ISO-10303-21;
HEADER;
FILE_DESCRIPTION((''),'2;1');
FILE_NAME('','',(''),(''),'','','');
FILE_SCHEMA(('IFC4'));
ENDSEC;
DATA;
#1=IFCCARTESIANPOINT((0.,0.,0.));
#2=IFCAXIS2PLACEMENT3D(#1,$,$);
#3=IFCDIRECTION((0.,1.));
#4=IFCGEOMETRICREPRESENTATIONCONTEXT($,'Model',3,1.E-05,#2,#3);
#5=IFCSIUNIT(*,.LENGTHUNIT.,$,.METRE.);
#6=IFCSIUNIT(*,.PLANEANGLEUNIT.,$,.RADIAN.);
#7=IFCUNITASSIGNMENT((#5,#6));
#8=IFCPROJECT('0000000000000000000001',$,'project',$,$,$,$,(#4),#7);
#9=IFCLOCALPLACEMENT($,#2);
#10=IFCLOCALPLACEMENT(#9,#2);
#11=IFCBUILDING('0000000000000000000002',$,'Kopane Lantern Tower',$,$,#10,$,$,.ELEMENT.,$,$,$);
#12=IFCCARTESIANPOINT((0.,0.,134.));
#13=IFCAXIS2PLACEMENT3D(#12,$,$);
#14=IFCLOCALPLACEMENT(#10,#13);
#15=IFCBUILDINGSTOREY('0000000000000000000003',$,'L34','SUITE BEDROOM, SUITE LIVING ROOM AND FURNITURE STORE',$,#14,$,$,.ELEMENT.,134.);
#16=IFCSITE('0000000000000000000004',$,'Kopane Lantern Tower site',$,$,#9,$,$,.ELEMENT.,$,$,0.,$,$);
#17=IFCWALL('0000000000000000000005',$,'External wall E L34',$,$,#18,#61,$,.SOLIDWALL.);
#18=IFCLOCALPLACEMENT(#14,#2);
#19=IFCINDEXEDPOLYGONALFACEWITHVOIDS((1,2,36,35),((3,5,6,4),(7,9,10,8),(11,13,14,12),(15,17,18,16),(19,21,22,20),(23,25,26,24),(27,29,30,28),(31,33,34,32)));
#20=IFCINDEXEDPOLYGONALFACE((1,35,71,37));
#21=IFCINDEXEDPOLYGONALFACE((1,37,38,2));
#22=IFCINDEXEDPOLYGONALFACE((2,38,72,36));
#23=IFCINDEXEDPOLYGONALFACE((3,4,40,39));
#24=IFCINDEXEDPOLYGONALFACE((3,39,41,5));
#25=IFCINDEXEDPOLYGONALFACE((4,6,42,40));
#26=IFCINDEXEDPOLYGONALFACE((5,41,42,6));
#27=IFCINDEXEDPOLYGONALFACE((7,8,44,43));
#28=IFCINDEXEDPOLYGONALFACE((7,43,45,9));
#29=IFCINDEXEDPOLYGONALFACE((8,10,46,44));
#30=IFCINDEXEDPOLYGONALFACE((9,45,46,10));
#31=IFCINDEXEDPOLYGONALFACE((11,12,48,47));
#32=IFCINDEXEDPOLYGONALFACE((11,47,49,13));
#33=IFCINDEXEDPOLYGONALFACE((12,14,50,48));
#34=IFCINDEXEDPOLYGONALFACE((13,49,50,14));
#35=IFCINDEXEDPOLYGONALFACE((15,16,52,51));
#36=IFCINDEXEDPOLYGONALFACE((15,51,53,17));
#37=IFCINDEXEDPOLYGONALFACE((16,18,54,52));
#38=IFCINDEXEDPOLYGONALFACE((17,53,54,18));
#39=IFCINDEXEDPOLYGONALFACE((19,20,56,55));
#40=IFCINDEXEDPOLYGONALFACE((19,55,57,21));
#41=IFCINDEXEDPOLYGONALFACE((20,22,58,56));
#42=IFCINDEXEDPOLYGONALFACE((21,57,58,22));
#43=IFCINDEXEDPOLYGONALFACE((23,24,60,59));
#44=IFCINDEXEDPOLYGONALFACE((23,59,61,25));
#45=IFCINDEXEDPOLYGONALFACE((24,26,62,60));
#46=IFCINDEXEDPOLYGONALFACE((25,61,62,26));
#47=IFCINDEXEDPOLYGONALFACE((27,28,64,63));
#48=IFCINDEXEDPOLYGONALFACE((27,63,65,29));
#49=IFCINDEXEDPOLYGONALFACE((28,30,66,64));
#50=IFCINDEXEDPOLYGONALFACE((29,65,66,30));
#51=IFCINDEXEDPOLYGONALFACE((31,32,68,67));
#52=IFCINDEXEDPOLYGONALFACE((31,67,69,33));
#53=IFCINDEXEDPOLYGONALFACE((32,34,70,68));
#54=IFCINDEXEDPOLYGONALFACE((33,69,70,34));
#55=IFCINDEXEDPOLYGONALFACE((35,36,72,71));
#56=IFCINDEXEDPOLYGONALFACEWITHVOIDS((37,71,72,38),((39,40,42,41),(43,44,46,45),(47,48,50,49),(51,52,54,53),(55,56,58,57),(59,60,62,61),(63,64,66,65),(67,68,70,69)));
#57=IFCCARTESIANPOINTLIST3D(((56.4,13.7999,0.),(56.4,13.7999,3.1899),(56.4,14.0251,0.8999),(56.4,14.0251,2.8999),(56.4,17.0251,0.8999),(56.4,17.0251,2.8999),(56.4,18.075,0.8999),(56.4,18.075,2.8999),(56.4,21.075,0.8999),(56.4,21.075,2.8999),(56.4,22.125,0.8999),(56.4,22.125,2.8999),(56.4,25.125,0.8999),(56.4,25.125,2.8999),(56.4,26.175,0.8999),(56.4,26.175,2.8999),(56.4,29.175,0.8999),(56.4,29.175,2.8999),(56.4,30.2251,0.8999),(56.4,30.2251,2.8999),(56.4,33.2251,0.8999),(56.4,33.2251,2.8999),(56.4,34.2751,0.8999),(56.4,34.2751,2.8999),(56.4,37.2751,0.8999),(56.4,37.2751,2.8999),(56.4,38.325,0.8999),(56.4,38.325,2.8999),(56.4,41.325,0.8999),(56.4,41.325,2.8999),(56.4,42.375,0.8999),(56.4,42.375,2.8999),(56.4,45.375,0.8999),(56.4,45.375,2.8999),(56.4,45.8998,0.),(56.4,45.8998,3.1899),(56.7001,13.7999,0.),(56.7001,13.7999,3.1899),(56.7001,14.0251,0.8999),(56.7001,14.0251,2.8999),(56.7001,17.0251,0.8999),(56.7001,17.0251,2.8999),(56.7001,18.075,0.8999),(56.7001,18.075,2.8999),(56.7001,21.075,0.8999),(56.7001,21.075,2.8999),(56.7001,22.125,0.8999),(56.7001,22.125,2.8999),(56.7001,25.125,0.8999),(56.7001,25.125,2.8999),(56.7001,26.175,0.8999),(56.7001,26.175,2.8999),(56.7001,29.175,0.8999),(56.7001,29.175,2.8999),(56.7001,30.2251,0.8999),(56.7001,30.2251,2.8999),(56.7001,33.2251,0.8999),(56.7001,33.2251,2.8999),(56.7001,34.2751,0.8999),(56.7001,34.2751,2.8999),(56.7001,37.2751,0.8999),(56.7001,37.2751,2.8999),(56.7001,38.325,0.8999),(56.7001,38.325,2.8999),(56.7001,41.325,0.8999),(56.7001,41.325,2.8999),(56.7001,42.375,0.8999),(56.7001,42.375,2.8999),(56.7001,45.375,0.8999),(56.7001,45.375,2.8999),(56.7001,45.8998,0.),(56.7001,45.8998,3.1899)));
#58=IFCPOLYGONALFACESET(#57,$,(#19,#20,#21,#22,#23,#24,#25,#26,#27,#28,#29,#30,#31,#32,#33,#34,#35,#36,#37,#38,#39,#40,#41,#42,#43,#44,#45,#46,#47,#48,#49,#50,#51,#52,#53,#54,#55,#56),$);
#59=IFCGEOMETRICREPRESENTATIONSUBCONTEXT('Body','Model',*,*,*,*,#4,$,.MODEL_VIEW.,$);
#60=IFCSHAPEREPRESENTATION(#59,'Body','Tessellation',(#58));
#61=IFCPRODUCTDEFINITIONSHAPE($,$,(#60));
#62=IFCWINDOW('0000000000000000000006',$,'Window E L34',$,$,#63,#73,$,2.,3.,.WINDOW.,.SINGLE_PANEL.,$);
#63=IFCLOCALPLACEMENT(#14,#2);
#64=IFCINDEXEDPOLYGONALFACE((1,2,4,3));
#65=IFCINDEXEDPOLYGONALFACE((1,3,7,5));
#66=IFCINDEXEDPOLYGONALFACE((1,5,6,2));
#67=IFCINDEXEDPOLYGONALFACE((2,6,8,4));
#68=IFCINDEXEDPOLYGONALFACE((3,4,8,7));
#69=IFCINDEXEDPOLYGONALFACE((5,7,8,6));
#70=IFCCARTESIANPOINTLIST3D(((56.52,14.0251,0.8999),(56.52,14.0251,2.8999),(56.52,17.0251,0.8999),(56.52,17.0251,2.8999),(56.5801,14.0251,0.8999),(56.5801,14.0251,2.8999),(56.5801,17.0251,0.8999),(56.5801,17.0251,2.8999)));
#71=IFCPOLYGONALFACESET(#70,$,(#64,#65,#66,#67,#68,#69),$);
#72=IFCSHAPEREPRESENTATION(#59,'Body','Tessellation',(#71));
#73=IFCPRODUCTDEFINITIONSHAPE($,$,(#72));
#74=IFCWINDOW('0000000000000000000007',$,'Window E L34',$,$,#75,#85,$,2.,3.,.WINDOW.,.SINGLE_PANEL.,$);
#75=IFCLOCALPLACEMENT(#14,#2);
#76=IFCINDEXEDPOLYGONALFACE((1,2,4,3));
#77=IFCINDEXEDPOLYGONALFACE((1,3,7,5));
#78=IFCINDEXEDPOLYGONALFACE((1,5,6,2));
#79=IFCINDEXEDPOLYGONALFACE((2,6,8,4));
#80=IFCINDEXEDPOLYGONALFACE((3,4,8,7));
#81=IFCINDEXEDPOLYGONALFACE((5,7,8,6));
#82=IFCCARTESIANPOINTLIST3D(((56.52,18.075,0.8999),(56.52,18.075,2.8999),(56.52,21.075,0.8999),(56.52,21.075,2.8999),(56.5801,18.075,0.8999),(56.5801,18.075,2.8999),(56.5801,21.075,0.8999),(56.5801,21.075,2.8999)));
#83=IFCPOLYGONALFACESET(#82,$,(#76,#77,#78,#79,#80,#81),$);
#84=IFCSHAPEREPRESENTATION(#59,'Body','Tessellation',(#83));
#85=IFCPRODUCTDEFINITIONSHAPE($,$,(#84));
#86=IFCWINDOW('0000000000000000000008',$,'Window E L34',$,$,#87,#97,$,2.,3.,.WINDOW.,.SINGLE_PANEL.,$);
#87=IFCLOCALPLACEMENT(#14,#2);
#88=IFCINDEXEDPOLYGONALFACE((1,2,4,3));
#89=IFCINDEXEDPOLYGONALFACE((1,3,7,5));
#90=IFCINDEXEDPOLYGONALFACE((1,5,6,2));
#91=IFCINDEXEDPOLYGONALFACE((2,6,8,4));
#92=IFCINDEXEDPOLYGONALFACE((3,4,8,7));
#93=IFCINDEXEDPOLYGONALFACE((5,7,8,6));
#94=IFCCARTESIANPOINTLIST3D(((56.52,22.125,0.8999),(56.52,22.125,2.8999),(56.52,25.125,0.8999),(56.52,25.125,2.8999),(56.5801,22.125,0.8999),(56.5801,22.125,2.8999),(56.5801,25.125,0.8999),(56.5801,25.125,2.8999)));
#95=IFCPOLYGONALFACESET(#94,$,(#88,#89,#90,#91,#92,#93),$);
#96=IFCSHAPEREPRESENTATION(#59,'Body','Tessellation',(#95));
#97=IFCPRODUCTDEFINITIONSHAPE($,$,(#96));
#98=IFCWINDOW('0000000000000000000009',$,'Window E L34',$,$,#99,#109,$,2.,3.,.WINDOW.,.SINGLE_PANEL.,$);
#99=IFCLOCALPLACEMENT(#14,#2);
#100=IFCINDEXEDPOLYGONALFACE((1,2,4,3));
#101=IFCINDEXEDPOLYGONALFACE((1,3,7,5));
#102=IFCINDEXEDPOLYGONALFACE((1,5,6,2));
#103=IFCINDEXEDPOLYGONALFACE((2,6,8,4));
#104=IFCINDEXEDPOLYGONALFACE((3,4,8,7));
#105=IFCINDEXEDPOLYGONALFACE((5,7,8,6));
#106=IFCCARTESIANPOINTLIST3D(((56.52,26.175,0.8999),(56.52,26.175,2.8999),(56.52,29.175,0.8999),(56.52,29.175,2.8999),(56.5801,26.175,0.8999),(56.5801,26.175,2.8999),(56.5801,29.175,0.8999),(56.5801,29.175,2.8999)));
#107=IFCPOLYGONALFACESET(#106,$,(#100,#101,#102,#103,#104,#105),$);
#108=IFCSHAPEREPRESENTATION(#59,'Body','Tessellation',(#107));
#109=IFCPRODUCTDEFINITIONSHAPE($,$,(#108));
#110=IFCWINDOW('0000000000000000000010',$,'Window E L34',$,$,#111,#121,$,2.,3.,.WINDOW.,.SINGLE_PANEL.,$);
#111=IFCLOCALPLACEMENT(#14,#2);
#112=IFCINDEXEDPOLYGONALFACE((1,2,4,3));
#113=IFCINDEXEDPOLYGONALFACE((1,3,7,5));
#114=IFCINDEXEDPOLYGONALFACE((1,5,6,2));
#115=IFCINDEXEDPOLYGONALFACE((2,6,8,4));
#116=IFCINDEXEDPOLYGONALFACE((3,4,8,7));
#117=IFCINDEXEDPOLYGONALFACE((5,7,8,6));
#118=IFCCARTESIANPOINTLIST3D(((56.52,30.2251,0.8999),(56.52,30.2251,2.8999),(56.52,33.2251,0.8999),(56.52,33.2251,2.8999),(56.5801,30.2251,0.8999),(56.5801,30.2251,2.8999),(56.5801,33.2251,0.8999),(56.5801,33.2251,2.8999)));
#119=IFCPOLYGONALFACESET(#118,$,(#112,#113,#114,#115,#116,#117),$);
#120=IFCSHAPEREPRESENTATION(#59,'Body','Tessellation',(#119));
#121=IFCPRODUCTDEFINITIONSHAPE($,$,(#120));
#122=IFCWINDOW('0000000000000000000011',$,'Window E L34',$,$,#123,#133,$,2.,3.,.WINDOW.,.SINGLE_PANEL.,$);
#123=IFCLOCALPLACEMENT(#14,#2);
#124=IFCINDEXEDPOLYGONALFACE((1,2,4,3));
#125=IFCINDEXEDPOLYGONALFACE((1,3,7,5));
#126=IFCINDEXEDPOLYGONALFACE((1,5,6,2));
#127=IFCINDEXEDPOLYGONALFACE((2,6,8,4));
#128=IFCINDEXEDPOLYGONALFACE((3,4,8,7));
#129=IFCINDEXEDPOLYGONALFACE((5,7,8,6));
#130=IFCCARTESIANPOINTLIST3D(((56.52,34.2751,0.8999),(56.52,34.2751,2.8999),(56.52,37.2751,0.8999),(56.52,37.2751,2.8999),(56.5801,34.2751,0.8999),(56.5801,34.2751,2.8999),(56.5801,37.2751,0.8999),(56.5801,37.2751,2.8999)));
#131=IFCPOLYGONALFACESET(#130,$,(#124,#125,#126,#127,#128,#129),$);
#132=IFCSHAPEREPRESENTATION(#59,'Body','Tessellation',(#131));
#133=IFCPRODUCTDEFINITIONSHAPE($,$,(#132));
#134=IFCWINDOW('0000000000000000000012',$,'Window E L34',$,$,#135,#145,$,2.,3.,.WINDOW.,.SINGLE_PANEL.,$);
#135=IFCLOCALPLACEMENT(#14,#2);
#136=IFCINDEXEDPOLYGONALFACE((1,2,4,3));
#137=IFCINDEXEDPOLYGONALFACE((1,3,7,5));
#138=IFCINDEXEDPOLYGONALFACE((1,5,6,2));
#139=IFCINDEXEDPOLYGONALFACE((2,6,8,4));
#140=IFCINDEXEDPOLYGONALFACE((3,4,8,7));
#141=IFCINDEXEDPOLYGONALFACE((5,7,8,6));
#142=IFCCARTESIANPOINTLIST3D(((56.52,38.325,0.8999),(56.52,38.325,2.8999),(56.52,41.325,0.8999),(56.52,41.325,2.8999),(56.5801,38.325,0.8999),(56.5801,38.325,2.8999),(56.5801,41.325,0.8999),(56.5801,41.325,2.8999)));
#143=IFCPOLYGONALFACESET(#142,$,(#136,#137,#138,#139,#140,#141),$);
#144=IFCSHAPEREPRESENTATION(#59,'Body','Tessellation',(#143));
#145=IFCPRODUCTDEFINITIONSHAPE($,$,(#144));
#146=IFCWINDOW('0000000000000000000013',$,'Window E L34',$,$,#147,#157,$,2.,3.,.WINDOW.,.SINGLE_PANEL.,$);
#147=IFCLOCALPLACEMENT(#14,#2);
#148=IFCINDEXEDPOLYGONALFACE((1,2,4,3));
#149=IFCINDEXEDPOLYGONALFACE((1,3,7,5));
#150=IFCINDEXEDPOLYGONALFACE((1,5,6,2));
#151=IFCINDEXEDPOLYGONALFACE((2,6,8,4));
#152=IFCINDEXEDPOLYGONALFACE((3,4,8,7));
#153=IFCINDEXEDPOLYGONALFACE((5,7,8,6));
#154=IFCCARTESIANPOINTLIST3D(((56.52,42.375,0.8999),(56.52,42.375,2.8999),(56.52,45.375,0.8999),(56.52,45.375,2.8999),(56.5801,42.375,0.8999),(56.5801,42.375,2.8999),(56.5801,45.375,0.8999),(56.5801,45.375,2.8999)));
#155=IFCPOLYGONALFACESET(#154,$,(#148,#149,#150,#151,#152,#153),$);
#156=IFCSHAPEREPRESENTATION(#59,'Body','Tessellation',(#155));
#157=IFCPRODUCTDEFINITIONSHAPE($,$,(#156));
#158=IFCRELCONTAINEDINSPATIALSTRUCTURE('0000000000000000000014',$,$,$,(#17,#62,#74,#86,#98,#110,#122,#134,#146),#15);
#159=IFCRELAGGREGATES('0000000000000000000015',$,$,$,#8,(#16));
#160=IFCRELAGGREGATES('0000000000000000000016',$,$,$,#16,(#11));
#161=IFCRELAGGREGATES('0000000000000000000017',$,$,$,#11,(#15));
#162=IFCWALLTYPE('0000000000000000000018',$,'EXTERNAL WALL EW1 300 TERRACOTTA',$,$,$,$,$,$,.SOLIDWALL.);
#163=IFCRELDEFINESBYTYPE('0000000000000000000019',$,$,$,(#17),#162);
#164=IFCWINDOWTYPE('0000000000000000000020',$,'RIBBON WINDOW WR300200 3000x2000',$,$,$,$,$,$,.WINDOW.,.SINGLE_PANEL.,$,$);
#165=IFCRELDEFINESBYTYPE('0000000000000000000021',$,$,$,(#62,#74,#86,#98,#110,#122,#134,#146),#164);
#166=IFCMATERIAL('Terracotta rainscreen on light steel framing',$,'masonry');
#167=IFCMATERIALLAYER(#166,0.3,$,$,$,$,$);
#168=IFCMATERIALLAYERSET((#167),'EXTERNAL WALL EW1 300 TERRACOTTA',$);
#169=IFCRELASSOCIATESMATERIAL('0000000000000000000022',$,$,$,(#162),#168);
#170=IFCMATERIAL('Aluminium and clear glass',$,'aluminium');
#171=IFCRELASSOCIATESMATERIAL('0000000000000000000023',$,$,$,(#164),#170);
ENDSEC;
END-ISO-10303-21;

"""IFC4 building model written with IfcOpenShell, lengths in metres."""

from ifc_helpers import new_model, si_unit, direction, frame, frame_2d, origin, place, context, subcontext, project, spatial, rectangle, extrude, material, layer, layer_set, type_object, element, fill, save


model = new_model("IFC4")

# Units and contexts
model_context = context("Model", 3, precision=1e-05, world=origin(), true_north=direction((0.0, 1.0)))
body_context = subcontext(model_context, "Body", "Model", "MODEL_VIEW")
ifc_project = project(units=[si_unit("LENGTHUNIT", "METRE"), si_unit("PLANEANGLEUNIT", "RADIAN")], contexts=[model_context])

# Site, building, storey
site_placement = place(None, origin())
site = spatial("IfcSite", under=ifc_project, at=site_placement, Name="Kopane Lantern Tower site", CompositionType="ELEMENT", RefElevation=0.0)
building_placement = place(site_placement, origin())
building = spatial("IfcBuilding", under=site, at=building_placement, Name="Kopane Lantern Tower", CompositionType="ELEMENT")
storey_placement = place(building_placement, frame((0.0, 0.0, 134.0)))
storey = spatial("IfcBuildingStorey", under=building, at=storey_placement, Name="L34", Description="SUITE BEDROOM, SUITE LIVING ROOM AND FURNITURE STORE", CompositionType="ELEMENT", Elevation=134.0)

# Shared definitions
ifc_material_1 = material(Name="Terracotta rainscreen on light steel framing", Category="masonry")
ifc_layer = layer(ifc_material_1, 0.3)
ifc_layer_set = layer_set([ifc_layer], Name="EXTERNAL WALL EW1 300 TERRACOTTA")
wall_type = type_object("IfcWallType", Name="EXTERNAL WALL EW1 300 TERRACOTTA", PredefinedType="SOLIDWALL", material=ifc_layer_set)

# Wall, openings, windows
wall_1_placement = place(storey_placement, frame((56.55, 13.8, 0.0), z_axis=(0.0, 0.0, 1.0), x_axis=(0.0, 1.0, 0.0)))
wall_1 = element("IfcWall", 1, at=wall_1_placement, inside=storey, type_object=wall_type, Name="External wall E L34", PredefinedType="SOLIDWALL", context=body_context, shape_type="SweptSolid", body=[
    extrude(rectangle(XDim=32.0999, YDim=0.3, at=frame_2d((16.0498, 0.0))), origin(), (0.0, 0.0, 1.0), 3.1899),
])
opening_1_placement = place(wall_1_placement, frame((0.2251, 0.0, 0.8999)))
opening_1 = element("IfcOpeningElement", 2, at=opening_1_placement, cuts=wall_1, PredefinedType="OPENING", context=body_context, shape_type="SweptSolid", body=[
    extrude(rectangle(XDim=3.0, YDim=2.0, at=frame_2d((1.5, 1.0))), frame((0.0, 0.1599, 0.0), z_axis=(0.0, -1.0, 0.0), x_axis=(1.0, 0.0, 0.0)), (0.0, 0.0, 1.0), 0.3201),
])
opening_2_placement = place(wall_1_placement, frame((4.2749, 0.0, 0.8999)))
opening_2 = element("IfcOpeningElement", 3, at=opening_2_placement, cuts=wall_1, PredefinedType="OPENING", context=body_context, shape_type="SweptSolid", body=[
    extrude(rectangle(XDim=3.0, YDim=2.0, at=frame_2d((1.5, 1.0))), frame((0.0, 0.1599, 0.0), z_axis=(0.0, -1.0, 0.0), x_axis=(1.0, 0.0, 0.0)), (0.0, 0.0, 1.0), 0.3201),
])
opening_3_placement = place(wall_1_placement, frame((8.325, 0.0, 0.8999)))
opening_3 = element("IfcOpeningElement", 4, at=opening_3_placement, cuts=wall_1, PredefinedType="OPENING", context=body_context, shape_type="SweptSolid", body=[
    extrude(rectangle(XDim=3.0, YDim=2.0, at=frame_2d((1.5, 1.0))), frame((0.0, 0.1599, 0.0), z_axis=(0.0, -1.0, 0.0), x_axis=(1.0, 0.0, 0.0)), (0.0, 0.0, 1.0), 0.3201),
])
opening_4_placement = place(wall_1_placement, frame((12.375, 0.0, 0.8999)))
opening_4 = element("IfcOpeningElement", 5, at=opening_4_placement, cuts=wall_1, PredefinedType="OPENING", context=body_context, shape_type="SweptSolid", body=[
    extrude(rectangle(XDim=3.0, YDim=2.0, at=frame_2d((1.5, 1.0))), frame((0.0, 0.1599, 0.0), z_axis=(0.0, -1.0, 0.0), x_axis=(1.0, 0.0, 0.0)), (0.0, 0.0, 1.0), 0.3201),
])
opening_5_placement = place(wall_1_placement, frame((16.425, 0.0, 0.8999)))
opening_5 = element("IfcOpeningElement", 6, at=opening_5_placement, cuts=wall_1, PredefinedType="OPENING", context=body_context, shape_type="SweptSolid", body=[
    extrude(rectangle(XDim=3.0, YDim=2.0, at=frame_2d((1.5, 1.0))), frame((0.0, 0.1599, 0.0), z_axis=(0.0, -1.0, 0.0), x_axis=(1.0, 0.0, 0.0)), (0.0, 0.0, 1.0), 0.3201),
])
opening_6_placement = place(wall_1_placement, frame((20.4751, 0.0, 0.8999)))
opening_6 = element("IfcOpeningElement", 7, at=opening_6_placement, cuts=wall_1, PredefinedType="OPENING", context=body_context, shape_type="SweptSolid", body=[
    extrude(rectangle(XDim=3.0, YDim=2.0, at=frame_2d((1.5, 1.0))), frame((0.0, 0.1599, 0.0), z_axis=(0.0, -1.0, 0.0), x_axis=(1.0, 0.0, 0.0)), (0.0, 0.0, 1.0), 0.3201),
])
opening_7_placement = place(wall_1_placement, frame((24.5249, 0.0, 0.8999)))
opening_7 = element("IfcOpeningElement", 8, at=opening_7_placement, cuts=wall_1, PredefinedType="OPENING", context=body_context, shape_type="SweptSolid", body=[
    extrude(rectangle(XDim=3.0, YDim=2.0, at=frame_2d((1.5, 1.0))), frame((0.0, 0.1599, 0.0), z_axis=(0.0, -1.0, 0.0), x_axis=(1.0, 0.0, 0.0)), (0.0, 0.0, 1.0), 0.3201),
])
opening_8_placement = place(wall_1_placement, frame((28.575, 0.0, 0.8999)))
opening_8 = element("IfcOpeningElement", 9, at=opening_8_placement, cuts=wall_1, PredefinedType="OPENING", context=body_context, shape_type="SweptSolid", body=[
    extrude(rectangle(XDim=3.0, YDim=2.0, at=frame_2d((1.5, 1.0))), frame((0.0, 0.1599, 0.0), z_axis=(0.0, -1.0, 0.0), x_axis=(1.0, 0.0, 0.0)), (0.0, 0.0, 1.0), 0.3201),
])
ifc_material_2 = material(Name="Aluminium and clear glass", Category="aluminium")
window_type_1 = type_object("IfcWindowType", Name="RIBBON WINDOW WR300200 3000x2000", PartitioningType="SINGLE_PANEL", PredefinedType="WINDOW", material=ifc_material_2)
window_1_placement = place(opening_1_placement, origin())
window_1 = element("IfcWindow", 10, at=window_1_placement, inside=storey, type_object=window_type_1, Name="Window E L34", OverallHeight=2.0, OverallWidth=3.0, PartitioningType="SINGLE_PANEL", PredefinedType="WINDOW", context=body_context, shape_type="SweptSolid", body=[
    extrude(rectangle(XDim=3.0, YDim=2.0, at=frame_2d((1.5, 1.0))), frame((0.0, 0.03, 0.0), z_axis=(0.0, -1.0, 0.0), x_axis=(1.0, 0.0, 0.0)), (0.0, 0.0, 1.0), 0.0601),
])
fill(opening_1, window_1)
window_2_placement = place(opening_2_placement, origin())
window_2 = element("IfcWindow", 11, at=window_2_placement, inside=storey, type_object=window_type_1, Name="Window E L34", OverallHeight=2.0, OverallWidth=3.0, PartitioningType="SINGLE_PANEL", PredefinedType="WINDOW", context=body_context, shape_type="SweptSolid", body=[
    extrude(rectangle(XDim=3.0, YDim=2.0, at=frame_2d((1.5, 1.0))), frame((0.0, 0.03, 0.0), z_axis=(0.0, -1.0, 0.0), x_axis=(1.0, 0.0, 0.0)), (0.0, 0.0, 1.0), 0.0601),
])
fill(opening_2, window_2)
window_3_placement = place(opening_3_placement, origin())
window_3 = element("IfcWindow", 12, at=window_3_placement, inside=storey, type_object=window_type_1, Name="Window E L34", OverallHeight=2.0, OverallWidth=3.0, PartitioningType="SINGLE_PANEL", PredefinedType="WINDOW", context=body_context, shape_type="SweptSolid", body=[
    extrude(rectangle(XDim=3.0, YDim=2.0, at=frame_2d((1.5, 1.0))), frame((0.0, 0.03, 0.0), z_axis=(0.0, -1.0, 0.0), x_axis=(1.0, 0.0, 0.0)), (0.0, 0.0, 1.0), 0.0601),
])
fill(opening_3, window_3)
window_4_placement = place(opening_4_placement, origin())
window_4 = element("IfcWindow", 13, at=window_4_placement, inside=storey, type_object=window_type_1, Name="Window E L34", OverallHeight=2.0, OverallWidth=3.0, PartitioningType="SINGLE_PANEL", PredefinedType="WINDOW", context=body_context, shape_type="SweptSolid", body=[
    extrude(rectangle(XDim=3.0, YDim=2.0, at=frame_2d((1.5, 1.0))), frame((0.0, 0.03, 0.0), z_axis=(0.0, -1.0, 0.0), x_axis=(1.0, 0.0, 0.0)), (0.0, 0.0, 1.0), 0.0601),
])
fill(opening_4, window_4)
window_5_placement = place(opening_5_placement, origin())
window_5 = element("IfcWindow", 14, at=window_5_placement, inside=storey, type_object=window_type_1, Name="Window E L34", OverallHeight=2.0, OverallWidth=3.0, PartitioningType="SINGLE_PANEL", PredefinedType="WINDOW", context=body_context, shape_type="SweptSolid", body=[
    extrude(rectangle(XDim=3.0, YDim=2.0, at=frame_2d((1.5, 1.0))), frame((0.0, 0.03, 0.0), z_axis=(0.0, -1.0, 0.0), x_axis=(1.0, 0.0, 0.0)), (0.0, 0.0, 1.0), 0.0601),
])
fill(opening_5, window_5)
window_6_placement = place(opening_6_placement, origin())
window_6 = element("IfcWindow", 15, at=window_6_placement, inside=storey, type_object=window_type_1, Name="Window E L34", OverallHeight=2.0, OverallWidth=3.0, PartitioningType="SINGLE_PANEL", PredefinedType="WINDOW", context=body_context, shape_type="SweptSolid", body=[
    extrude(rectangle(XDim=3.0, YDim=2.0, at=frame_2d((1.5, 1.0))), frame((0.0, 0.03, 0.0), z_axis=(0.0, -1.0, 0.0), x_axis=(1.0, 0.0, 0.0)), (0.0, 0.0, 1.0), 0.0601),
])
fill(opening_6, window_6)
window_7_placement = place(opening_7_placement, origin())
window_7 = element("IfcWindow", 16, at=window_7_placement, inside=storey, type_object=window_type_1, Name="Window E L34", OverallHeight=2.0, OverallWidth=3.0, PartitioningType="SINGLE_PANEL", PredefinedType="WINDOW", context=body_context, shape_type="SweptSolid", body=[
    extrude(rectangle(XDim=3.0, YDim=2.0, at=frame_2d((1.5, 1.0))), frame((0.0, 0.03, 0.0), z_axis=(0.0, -1.0, 0.0), x_axis=(1.0, 0.0, 0.0)), (0.0, 0.0, 1.0), 0.0601),
])
fill(opening_7, window_7)
window_8_placement = place(opening_8_placement, origin())
window_8 = element("IfcWindow", 17, at=window_8_placement, inside=storey, type_object=window_type_1, Name="Window E L34", OverallHeight=2.0, OverallWidth=3.0, PartitioningType="SINGLE_PANEL", PredefinedType="WINDOW", context=body_context, shape_type="SweptSolid", body=[
    extrude(rectangle(XDim=3.0, YDim=2.0, at=frame_2d((1.5, 1.0))), frame((0.0, 0.03, 0.0), z_axis=(0.0, -1.0, 0.0), x_axis=(1.0, 0.0, 0.0)), (0.0, 0.0, 1.0), 0.0601),
])
fill(opening_8, window_8)

save(model, "model.ifc")
